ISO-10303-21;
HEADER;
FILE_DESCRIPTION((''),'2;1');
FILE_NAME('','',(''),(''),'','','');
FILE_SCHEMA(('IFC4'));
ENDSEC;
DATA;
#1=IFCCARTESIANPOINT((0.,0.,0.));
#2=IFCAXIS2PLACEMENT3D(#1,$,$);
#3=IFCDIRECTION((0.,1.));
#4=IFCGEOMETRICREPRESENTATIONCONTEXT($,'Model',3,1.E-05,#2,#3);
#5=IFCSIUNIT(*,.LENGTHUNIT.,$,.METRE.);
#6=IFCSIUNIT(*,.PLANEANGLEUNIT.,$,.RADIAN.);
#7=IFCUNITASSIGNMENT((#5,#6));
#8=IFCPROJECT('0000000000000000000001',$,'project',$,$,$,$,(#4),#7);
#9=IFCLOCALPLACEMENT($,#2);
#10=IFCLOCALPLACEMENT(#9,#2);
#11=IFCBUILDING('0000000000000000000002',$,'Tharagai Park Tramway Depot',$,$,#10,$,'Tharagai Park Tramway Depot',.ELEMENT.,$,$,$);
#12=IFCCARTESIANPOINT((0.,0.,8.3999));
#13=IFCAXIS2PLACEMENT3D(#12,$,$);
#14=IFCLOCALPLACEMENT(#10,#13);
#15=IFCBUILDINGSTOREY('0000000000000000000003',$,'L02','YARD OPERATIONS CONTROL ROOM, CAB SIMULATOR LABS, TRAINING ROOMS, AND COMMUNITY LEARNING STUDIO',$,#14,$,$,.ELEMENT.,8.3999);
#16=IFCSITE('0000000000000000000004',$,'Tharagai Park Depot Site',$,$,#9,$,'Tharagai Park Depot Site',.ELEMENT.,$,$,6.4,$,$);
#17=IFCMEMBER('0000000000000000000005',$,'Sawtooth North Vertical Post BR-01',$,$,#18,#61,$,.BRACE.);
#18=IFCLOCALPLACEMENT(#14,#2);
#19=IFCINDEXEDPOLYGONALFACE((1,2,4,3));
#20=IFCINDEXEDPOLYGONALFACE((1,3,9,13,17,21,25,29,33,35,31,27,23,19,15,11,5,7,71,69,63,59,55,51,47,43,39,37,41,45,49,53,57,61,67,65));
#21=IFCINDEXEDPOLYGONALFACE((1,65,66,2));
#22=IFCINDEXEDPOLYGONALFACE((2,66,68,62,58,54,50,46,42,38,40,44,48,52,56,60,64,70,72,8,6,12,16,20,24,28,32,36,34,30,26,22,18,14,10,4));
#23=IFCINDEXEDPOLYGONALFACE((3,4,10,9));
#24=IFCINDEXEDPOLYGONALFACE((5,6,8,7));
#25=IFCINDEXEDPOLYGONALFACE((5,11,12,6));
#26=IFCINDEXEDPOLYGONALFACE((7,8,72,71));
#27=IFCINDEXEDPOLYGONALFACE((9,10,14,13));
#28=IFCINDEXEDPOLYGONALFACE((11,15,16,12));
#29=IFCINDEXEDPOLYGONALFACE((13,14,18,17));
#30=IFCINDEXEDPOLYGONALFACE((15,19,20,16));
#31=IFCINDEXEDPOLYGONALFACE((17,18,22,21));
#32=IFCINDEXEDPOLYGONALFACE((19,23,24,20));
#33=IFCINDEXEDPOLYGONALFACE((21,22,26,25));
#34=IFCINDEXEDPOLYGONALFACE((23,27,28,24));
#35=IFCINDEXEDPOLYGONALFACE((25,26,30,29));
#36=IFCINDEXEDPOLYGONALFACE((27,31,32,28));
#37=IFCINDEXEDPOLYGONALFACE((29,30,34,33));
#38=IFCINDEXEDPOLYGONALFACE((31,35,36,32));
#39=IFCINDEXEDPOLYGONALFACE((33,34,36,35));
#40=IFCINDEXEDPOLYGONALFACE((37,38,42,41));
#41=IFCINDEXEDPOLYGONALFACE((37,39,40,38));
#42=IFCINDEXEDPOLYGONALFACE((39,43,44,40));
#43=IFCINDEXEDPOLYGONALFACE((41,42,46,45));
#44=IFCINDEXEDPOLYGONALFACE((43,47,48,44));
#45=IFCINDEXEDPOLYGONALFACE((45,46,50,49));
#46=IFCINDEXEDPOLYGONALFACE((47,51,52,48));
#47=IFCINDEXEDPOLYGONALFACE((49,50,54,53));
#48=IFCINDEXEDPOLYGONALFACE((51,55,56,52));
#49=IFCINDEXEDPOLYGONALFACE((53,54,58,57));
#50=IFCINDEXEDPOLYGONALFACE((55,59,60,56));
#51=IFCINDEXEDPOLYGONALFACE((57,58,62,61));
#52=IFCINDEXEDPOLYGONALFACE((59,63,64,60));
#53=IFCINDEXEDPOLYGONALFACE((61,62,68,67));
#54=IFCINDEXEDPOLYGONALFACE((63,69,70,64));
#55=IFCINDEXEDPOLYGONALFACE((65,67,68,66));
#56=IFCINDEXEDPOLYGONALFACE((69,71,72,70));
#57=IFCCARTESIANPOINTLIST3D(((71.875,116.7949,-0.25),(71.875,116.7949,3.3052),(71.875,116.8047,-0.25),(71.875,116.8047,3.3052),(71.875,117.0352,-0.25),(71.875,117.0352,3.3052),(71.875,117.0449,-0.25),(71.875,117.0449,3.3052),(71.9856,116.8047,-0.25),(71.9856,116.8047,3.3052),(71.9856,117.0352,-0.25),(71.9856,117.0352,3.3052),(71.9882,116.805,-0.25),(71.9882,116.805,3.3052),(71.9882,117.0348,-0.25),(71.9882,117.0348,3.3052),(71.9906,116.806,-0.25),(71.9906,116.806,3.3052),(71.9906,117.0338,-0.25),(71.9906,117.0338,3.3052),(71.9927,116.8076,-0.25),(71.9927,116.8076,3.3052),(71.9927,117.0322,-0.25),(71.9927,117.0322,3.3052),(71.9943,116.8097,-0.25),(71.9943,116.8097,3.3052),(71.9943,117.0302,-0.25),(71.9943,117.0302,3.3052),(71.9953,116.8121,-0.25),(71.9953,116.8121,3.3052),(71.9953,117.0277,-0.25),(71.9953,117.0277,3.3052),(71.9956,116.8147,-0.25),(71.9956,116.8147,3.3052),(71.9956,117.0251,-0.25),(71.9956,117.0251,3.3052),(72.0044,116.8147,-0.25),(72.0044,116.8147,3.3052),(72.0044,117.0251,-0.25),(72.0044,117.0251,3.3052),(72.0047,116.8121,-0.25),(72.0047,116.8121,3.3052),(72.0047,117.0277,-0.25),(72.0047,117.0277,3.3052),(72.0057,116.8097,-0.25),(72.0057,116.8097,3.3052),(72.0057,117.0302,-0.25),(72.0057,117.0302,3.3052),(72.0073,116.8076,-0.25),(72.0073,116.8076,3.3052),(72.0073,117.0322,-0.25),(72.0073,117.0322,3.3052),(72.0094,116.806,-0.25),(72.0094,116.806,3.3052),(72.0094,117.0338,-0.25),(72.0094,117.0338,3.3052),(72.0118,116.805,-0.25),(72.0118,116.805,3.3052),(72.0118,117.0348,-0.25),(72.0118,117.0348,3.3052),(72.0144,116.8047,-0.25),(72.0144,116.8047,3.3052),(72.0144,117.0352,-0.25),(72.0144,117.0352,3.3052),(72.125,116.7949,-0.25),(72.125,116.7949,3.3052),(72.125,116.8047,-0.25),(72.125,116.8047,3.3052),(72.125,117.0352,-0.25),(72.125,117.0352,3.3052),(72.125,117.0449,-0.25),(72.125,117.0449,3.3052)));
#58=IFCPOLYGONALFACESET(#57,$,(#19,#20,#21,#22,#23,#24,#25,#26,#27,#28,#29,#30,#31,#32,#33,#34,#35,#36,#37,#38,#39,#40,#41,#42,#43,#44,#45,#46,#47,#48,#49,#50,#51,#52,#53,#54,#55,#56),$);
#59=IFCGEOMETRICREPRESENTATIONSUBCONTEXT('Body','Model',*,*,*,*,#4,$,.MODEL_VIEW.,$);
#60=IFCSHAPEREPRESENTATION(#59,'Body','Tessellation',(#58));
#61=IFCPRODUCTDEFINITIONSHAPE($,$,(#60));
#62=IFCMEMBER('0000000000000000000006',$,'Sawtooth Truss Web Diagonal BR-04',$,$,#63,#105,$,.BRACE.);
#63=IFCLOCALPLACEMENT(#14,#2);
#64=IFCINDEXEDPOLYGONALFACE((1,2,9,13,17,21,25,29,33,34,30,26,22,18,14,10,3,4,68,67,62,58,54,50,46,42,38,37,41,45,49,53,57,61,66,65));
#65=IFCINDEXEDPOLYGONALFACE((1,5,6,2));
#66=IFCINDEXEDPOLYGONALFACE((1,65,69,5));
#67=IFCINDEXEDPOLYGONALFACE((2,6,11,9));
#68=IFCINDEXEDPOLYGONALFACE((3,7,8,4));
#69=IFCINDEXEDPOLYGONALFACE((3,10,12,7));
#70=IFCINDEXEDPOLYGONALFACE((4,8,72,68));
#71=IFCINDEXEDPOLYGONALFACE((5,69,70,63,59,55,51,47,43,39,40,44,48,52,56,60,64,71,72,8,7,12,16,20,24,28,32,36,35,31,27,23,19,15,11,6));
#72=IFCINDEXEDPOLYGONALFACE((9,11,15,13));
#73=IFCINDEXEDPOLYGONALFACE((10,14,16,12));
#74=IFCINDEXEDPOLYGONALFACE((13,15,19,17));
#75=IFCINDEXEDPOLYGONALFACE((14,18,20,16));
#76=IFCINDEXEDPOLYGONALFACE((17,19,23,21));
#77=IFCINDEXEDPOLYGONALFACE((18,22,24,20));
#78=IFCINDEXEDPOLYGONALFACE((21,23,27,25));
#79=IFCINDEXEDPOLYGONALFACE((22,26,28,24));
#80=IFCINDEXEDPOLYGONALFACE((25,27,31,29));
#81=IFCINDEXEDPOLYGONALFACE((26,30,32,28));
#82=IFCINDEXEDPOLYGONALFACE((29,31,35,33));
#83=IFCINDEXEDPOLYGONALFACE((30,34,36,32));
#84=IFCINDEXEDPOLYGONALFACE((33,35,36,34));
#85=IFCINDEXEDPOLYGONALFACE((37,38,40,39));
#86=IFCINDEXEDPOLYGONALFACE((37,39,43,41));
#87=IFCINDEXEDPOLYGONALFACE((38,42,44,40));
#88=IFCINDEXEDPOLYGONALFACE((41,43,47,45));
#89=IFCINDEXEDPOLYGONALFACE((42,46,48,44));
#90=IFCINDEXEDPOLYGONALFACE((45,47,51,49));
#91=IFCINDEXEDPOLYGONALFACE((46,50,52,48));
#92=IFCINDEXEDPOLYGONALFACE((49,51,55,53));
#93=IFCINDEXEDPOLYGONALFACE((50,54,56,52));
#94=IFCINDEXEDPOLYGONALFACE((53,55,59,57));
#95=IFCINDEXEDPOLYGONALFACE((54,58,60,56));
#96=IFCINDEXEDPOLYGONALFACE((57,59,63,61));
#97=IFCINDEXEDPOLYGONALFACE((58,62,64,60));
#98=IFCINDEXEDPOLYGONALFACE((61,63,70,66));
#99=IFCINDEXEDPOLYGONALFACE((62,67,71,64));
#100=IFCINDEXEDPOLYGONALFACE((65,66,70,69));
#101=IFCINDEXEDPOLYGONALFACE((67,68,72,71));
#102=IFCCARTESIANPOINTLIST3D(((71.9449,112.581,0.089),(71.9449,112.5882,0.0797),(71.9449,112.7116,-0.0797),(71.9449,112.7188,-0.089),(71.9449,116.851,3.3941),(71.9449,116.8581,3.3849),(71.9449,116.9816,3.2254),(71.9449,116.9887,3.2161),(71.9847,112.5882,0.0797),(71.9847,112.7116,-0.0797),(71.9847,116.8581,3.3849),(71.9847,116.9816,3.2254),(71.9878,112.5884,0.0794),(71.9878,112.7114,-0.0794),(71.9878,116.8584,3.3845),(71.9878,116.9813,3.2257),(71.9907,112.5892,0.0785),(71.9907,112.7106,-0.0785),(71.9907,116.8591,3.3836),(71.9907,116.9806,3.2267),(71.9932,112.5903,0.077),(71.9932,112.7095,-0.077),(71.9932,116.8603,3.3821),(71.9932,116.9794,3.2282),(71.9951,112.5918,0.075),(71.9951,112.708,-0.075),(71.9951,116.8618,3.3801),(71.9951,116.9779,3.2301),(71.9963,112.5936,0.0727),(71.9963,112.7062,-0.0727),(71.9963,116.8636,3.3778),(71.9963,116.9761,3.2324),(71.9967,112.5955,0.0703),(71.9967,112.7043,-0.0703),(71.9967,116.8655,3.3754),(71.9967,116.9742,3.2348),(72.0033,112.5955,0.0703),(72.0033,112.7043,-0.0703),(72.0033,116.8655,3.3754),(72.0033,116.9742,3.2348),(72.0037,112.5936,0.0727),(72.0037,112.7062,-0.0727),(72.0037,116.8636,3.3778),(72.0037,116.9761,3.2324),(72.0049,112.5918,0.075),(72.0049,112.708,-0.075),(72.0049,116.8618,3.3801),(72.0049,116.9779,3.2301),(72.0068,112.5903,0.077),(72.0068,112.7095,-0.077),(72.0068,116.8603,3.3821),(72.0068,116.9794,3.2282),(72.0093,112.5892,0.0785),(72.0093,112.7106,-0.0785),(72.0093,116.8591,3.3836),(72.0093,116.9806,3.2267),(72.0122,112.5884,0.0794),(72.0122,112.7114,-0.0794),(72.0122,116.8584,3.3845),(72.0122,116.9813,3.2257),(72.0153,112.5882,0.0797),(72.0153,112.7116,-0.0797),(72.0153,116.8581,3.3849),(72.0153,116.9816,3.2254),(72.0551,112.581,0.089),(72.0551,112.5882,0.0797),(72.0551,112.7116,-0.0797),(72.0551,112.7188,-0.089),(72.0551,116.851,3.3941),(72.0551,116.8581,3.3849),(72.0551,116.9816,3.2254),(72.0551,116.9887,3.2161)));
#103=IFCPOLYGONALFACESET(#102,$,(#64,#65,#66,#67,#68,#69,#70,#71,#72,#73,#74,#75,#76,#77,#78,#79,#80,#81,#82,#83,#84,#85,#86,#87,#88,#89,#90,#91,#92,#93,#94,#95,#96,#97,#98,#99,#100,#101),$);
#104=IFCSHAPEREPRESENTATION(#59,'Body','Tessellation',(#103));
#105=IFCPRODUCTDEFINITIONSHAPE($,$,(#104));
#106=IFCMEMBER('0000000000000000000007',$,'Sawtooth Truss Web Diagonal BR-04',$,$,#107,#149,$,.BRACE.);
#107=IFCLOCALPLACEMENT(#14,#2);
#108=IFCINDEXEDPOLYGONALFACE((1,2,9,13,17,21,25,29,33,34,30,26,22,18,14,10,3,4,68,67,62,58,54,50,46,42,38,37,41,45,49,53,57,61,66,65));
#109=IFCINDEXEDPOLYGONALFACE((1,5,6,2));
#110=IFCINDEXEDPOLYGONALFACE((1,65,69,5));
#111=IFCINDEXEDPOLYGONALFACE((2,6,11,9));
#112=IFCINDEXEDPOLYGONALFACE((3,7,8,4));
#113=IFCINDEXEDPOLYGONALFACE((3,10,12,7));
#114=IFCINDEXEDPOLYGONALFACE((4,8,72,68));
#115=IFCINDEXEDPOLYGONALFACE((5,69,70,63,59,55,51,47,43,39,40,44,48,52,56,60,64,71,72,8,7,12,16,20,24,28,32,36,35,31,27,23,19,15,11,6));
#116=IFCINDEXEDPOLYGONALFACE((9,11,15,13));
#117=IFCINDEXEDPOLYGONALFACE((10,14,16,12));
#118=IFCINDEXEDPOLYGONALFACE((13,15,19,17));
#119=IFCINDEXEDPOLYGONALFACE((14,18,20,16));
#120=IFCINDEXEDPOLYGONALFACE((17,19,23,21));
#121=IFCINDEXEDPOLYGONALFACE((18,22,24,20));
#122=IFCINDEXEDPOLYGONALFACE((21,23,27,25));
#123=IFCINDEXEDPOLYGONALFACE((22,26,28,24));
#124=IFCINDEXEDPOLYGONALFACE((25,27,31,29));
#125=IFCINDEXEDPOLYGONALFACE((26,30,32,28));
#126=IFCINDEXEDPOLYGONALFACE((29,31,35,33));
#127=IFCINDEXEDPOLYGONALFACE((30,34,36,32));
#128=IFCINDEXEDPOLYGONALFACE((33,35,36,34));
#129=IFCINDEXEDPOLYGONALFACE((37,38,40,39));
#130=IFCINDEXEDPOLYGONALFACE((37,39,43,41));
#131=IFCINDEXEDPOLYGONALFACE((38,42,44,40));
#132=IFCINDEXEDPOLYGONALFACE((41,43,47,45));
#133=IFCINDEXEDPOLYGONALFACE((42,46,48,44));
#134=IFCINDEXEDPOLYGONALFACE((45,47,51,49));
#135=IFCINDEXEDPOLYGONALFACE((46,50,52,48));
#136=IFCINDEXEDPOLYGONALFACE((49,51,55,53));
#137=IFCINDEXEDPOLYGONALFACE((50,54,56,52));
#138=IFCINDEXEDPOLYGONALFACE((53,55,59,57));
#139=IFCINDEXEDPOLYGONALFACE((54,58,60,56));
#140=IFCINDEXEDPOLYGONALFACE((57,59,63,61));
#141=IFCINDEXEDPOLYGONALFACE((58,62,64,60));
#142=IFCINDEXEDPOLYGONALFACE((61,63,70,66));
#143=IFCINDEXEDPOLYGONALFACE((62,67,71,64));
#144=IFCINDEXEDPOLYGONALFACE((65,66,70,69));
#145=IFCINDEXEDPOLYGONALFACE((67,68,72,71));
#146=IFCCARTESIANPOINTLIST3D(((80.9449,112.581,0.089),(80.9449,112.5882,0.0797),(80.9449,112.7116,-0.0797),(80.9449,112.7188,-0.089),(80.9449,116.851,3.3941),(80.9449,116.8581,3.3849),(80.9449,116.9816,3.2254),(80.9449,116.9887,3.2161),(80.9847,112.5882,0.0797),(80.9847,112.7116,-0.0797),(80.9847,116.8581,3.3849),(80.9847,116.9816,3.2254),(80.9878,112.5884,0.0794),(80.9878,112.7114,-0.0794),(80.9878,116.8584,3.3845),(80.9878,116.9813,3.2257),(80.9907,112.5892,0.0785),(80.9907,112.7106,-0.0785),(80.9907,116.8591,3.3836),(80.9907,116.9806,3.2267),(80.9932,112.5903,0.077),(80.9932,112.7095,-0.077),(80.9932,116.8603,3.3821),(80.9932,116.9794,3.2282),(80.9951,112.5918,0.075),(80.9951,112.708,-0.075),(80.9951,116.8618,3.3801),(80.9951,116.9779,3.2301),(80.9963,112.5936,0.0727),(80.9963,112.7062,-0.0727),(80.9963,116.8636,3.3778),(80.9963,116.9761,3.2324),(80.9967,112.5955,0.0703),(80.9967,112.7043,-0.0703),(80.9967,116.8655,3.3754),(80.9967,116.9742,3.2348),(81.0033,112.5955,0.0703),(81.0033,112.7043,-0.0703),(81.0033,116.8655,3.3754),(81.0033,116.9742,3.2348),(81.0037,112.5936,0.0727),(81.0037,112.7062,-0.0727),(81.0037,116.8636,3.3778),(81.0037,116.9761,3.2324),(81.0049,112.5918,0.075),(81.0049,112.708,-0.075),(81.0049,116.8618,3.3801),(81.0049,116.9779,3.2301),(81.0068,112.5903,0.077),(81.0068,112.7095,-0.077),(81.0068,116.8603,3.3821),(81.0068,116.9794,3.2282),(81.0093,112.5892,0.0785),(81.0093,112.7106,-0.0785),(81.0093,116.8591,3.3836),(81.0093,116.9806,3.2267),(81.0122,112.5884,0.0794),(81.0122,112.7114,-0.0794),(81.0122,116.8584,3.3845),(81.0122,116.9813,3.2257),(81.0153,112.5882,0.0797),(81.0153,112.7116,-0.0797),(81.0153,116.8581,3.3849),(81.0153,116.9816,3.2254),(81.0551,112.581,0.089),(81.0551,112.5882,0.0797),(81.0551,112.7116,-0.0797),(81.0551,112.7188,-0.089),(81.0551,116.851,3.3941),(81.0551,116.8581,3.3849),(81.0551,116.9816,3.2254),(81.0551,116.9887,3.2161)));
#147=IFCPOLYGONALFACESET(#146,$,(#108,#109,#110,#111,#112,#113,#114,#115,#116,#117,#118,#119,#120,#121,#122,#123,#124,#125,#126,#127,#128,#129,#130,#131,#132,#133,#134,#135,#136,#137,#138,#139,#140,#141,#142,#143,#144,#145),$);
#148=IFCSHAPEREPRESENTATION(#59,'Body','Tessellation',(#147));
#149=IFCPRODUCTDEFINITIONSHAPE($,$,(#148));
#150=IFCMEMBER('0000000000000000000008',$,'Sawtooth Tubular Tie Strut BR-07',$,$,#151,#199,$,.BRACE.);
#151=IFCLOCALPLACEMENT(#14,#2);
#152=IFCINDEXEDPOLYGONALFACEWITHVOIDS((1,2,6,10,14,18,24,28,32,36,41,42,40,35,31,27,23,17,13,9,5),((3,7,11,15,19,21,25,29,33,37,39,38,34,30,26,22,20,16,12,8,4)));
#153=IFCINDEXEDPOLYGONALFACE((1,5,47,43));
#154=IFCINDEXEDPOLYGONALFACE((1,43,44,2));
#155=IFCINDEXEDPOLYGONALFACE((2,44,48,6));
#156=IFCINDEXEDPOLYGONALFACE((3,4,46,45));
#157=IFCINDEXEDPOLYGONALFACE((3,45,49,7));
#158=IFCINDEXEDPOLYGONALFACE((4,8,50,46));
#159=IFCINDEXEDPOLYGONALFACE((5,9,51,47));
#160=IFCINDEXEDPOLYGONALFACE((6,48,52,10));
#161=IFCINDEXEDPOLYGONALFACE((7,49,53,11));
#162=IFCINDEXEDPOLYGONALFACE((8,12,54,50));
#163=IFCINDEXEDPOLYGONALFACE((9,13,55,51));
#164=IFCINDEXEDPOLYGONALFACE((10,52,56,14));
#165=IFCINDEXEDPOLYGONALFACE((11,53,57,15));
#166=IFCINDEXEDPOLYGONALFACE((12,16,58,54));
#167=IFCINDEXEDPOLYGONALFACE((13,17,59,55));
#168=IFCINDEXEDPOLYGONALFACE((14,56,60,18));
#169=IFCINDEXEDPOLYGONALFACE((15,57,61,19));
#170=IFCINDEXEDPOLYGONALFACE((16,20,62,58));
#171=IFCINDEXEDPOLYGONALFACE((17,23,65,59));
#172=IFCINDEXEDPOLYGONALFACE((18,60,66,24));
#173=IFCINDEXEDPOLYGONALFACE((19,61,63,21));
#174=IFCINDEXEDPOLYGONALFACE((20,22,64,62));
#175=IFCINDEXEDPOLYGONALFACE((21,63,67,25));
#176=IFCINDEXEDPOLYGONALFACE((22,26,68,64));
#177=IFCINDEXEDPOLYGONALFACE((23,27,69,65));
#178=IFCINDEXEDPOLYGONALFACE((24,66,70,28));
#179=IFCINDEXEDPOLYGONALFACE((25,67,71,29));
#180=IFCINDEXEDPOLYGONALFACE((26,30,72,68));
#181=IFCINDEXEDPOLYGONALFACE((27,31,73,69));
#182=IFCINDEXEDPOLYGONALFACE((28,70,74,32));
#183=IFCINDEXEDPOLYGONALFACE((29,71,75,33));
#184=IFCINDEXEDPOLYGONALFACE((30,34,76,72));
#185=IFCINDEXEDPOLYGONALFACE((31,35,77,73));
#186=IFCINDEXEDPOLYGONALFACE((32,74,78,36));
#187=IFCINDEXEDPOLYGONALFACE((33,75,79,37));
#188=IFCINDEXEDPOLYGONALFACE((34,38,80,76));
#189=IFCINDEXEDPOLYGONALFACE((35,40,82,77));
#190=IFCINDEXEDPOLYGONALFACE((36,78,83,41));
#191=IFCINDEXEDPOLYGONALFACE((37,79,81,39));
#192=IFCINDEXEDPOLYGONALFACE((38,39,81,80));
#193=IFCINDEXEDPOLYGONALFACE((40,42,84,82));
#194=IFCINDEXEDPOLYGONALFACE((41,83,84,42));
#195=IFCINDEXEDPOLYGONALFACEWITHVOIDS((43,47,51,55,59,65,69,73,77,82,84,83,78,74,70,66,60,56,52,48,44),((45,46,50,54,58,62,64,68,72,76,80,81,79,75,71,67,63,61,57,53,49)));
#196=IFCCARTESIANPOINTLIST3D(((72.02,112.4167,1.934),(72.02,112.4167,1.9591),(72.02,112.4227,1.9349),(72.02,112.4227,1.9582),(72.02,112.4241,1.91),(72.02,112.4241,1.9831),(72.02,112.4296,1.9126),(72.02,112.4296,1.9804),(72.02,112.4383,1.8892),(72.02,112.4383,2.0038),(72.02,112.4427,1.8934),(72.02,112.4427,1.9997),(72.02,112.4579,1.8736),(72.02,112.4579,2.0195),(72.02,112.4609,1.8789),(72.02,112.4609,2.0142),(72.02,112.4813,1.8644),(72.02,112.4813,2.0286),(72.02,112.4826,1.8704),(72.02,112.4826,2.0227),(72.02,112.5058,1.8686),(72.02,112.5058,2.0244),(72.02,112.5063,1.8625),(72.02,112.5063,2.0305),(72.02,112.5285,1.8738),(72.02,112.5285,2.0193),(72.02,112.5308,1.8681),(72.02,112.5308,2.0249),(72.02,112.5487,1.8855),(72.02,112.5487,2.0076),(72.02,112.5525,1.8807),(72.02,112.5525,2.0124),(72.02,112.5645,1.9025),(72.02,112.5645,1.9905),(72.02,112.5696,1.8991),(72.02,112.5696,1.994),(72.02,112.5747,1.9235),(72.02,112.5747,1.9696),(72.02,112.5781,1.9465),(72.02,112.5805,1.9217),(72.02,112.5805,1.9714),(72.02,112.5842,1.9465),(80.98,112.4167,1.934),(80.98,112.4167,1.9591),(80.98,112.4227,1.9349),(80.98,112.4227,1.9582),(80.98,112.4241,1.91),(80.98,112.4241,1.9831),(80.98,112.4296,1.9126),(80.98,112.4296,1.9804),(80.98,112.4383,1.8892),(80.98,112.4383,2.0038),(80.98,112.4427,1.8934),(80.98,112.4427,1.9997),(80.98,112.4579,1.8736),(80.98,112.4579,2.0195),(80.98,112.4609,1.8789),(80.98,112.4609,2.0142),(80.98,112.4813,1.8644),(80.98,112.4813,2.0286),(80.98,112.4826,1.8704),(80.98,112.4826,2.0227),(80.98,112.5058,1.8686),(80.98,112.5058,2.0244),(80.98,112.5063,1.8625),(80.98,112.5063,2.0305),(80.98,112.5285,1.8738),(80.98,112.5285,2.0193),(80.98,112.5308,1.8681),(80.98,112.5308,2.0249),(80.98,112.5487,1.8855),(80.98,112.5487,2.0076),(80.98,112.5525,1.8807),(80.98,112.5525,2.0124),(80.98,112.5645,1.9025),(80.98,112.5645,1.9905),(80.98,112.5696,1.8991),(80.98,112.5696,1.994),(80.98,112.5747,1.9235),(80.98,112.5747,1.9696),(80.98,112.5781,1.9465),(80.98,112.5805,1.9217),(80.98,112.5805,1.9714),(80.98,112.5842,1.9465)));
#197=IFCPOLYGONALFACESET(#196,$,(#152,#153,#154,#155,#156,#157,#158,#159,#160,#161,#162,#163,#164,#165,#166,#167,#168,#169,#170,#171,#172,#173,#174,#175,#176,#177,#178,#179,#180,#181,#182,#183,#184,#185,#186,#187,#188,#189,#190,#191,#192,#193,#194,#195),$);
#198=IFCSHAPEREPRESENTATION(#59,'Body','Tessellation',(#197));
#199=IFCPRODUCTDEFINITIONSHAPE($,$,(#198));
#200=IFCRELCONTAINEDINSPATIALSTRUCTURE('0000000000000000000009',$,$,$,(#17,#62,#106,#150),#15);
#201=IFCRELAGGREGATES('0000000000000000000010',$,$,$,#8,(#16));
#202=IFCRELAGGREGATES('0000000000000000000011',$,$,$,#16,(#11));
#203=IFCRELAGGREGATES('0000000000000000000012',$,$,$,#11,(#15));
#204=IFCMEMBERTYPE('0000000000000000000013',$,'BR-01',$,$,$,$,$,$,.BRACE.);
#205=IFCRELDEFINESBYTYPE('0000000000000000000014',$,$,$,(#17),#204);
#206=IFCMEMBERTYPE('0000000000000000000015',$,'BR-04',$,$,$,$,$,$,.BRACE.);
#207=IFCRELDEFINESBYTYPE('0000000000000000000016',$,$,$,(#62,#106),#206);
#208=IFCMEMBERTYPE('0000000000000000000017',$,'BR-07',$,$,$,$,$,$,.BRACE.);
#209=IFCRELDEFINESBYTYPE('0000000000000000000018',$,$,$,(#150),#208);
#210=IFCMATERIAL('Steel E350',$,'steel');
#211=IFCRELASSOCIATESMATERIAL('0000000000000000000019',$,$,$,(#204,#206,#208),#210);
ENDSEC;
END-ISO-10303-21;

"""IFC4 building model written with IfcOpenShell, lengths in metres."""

from ifc_helpers import new_model, si_unit, direction, frame, origin, origin_2d, place, context, subcontext, project, spatial, hollow_circle, i_section, extrude, material, material_profile, profile_set, type_object, element, save


model = new_model("IFC4")

# Units and contexts
model_context = context("Model", 3, precision=1e-05, world=origin(), true_north=direction((0.0, 1.0)))
body_context = subcontext(model_context, "Body", "Model", "MODEL_VIEW")
ifc_project = project(units=[si_unit("LENGTHUNIT", "METRE"), si_unit("PLANEANGLEUNIT", "RADIAN")], contexts=[model_context])

# Site, building, storey
site_placement = place(None, origin())
site = spatial("IfcSite", under=ifc_project, at=site_placement, Name="Tharagai Park Depot Site", LongName="Tharagai Park Depot Site", CompositionType="ELEMENT", RefElevation=6.4)
building_placement = place(site_placement, origin())
building = spatial("IfcBuilding", under=site, at=building_placement, Name="Tharagai Park Tramway Depot", LongName="Tharagai Park Tramway Depot", CompositionType="ELEMENT")
storey_placement = place(building_placement, frame((0.0, 0.0, 8.3999)))
storey = spatial("IfcBuildingStorey", under=building, at=storey_placement, Name="L02", Description="YARD OPERATIONS CONTROL ROOM, CAB SIMULATOR LABS, TRAINING ROOMS, AND COMMUNITY LEARNING STUDIO", CompositionType="ELEMENT", Elevation=8.3999)

# Members
ifc_material_1 = material(Name="Steel E350", Category="steel")
ifc_material_profile_1 = material_profile(ifc_material_1, i_section(OverallWidth=0.25, OverallDepth=0.25, WebThickness=0.0088, FlangeThickness=0.0098, FilletRadius=0.01, at=origin_2d()), Name="ISHB 250")
ifc_profile_set_1 = profile_set([ifc_material_profile_1], Name="Steel E350")
member_type_1 = type_object("IfcMemberType", Name="BR-01", PredefinedType="BRACE", material=ifc_profile_set_1)
member_1_placement = place(storey_placement, frame((72.0, 116.9199, -0.25), z_axis=(0.0, 0.0, 1.0), x_axis=(1.0, 0.0, 0.0)))
element("IfcMember", 1, at=member_1_placement, inside=storey, type_object=member_type_1, Name="Sawtooth North Vertical Post BR-01", PredefinedType="BRACE", context=body_context, shape_type="SweptSolid", body=[
    extrude(i_section(OverallWidth=0.25, OverallDepth=0.25, WebThickness=0.0088, FlangeThickness=0.0098, FilletRadius=0.01, at=origin_2d()), origin(), (0.0, 0.0, 1.0), 3.5552),
])
ifc_material_profile_2 = material_profile(ifc_material_1, i_section(OverallWidth=0.1101, OverallDepth=0.2251, WebThickness=0.0066, FlangeThickness=0.0117, FilletRadius=0.012, at=origin_2d()), Name="ISMB 225")
ifc_profile_set_2 = profile_set([ifc_material_profile_2], Name="Steel E350")
member_type_2 = type_object("IfcMemberType", Name="BR-04", PredefinedType="BRACE", material=ifc_profile_set_2)
for number, where, z_axis, x_axis, name in (
    (2, (72.0, 112.6499, 0.0), (0.0, 0.790782, 0.612098), (-1.0, 0.0, 0.0), "Sawtooth Truss Web Diagonal BR-04"),
    (3, (81.0, 112.6499, 0.0), (0.0, 0.790782, 0.612098), (-1.0, 0.0, 0.0), "Sawtooth Truss Web Diagonal BR-04"),
):
    element("IfcMember", number, at=place(storey_placement, frame(where, z_axis=z_axis, x_axis=x_axis)), inside=storey, type_object=member_type_2, Name=name, PredefinedType="BRACE", context=body_context, shape_type="SweptSolid", body=[
        extrude(i_section(OverallWidth=0.1101, OverallDepth=0.2251, WebThickness=0.0066, FlangeThickness=0.0117, FilletRadius=0.012, at=origin_2d()), origin(), (0.0, 0.0, 1.0), 5.3997),
    ])
ifc_material_profile_3 = material_profile(ifc_material_1, hollow_circle(Radius=0.0842, WallThickness=0.0061, at=origin_2d()), Name="CHS 168.3x6")
ifc_profile_set_3 = profile_set([ifc_material_profile_3], Name="Steel E350")
member_type_3 = type_object("IfcMemberType", Name="BR-07", PredefinedType="BRACE", material=ifc_profile_set_3)
member_2_placement = place(storey_placement, frame((72.02, 112.5, 1.9465), z_axis=(1.0, 0.0, 0.0), x_axis=(0.0, 1.0, 0.0)))
element("IfcMember", 4, at=member_2_placement, inside=storey, type_object=member_type_3, Name="Sawtooth Tubular Tie Strut BR-07", PredefinedType="BRACE", context=body_context, shape_type="SweptSolid", body=[
    extrude(hollow_circle(Radius=0.0842, WallThickness=0.0061, at=origin_2d()), origin(), (0.0, 0.0, 1.0), 8.96),
])

save(model, "model.ifc")
